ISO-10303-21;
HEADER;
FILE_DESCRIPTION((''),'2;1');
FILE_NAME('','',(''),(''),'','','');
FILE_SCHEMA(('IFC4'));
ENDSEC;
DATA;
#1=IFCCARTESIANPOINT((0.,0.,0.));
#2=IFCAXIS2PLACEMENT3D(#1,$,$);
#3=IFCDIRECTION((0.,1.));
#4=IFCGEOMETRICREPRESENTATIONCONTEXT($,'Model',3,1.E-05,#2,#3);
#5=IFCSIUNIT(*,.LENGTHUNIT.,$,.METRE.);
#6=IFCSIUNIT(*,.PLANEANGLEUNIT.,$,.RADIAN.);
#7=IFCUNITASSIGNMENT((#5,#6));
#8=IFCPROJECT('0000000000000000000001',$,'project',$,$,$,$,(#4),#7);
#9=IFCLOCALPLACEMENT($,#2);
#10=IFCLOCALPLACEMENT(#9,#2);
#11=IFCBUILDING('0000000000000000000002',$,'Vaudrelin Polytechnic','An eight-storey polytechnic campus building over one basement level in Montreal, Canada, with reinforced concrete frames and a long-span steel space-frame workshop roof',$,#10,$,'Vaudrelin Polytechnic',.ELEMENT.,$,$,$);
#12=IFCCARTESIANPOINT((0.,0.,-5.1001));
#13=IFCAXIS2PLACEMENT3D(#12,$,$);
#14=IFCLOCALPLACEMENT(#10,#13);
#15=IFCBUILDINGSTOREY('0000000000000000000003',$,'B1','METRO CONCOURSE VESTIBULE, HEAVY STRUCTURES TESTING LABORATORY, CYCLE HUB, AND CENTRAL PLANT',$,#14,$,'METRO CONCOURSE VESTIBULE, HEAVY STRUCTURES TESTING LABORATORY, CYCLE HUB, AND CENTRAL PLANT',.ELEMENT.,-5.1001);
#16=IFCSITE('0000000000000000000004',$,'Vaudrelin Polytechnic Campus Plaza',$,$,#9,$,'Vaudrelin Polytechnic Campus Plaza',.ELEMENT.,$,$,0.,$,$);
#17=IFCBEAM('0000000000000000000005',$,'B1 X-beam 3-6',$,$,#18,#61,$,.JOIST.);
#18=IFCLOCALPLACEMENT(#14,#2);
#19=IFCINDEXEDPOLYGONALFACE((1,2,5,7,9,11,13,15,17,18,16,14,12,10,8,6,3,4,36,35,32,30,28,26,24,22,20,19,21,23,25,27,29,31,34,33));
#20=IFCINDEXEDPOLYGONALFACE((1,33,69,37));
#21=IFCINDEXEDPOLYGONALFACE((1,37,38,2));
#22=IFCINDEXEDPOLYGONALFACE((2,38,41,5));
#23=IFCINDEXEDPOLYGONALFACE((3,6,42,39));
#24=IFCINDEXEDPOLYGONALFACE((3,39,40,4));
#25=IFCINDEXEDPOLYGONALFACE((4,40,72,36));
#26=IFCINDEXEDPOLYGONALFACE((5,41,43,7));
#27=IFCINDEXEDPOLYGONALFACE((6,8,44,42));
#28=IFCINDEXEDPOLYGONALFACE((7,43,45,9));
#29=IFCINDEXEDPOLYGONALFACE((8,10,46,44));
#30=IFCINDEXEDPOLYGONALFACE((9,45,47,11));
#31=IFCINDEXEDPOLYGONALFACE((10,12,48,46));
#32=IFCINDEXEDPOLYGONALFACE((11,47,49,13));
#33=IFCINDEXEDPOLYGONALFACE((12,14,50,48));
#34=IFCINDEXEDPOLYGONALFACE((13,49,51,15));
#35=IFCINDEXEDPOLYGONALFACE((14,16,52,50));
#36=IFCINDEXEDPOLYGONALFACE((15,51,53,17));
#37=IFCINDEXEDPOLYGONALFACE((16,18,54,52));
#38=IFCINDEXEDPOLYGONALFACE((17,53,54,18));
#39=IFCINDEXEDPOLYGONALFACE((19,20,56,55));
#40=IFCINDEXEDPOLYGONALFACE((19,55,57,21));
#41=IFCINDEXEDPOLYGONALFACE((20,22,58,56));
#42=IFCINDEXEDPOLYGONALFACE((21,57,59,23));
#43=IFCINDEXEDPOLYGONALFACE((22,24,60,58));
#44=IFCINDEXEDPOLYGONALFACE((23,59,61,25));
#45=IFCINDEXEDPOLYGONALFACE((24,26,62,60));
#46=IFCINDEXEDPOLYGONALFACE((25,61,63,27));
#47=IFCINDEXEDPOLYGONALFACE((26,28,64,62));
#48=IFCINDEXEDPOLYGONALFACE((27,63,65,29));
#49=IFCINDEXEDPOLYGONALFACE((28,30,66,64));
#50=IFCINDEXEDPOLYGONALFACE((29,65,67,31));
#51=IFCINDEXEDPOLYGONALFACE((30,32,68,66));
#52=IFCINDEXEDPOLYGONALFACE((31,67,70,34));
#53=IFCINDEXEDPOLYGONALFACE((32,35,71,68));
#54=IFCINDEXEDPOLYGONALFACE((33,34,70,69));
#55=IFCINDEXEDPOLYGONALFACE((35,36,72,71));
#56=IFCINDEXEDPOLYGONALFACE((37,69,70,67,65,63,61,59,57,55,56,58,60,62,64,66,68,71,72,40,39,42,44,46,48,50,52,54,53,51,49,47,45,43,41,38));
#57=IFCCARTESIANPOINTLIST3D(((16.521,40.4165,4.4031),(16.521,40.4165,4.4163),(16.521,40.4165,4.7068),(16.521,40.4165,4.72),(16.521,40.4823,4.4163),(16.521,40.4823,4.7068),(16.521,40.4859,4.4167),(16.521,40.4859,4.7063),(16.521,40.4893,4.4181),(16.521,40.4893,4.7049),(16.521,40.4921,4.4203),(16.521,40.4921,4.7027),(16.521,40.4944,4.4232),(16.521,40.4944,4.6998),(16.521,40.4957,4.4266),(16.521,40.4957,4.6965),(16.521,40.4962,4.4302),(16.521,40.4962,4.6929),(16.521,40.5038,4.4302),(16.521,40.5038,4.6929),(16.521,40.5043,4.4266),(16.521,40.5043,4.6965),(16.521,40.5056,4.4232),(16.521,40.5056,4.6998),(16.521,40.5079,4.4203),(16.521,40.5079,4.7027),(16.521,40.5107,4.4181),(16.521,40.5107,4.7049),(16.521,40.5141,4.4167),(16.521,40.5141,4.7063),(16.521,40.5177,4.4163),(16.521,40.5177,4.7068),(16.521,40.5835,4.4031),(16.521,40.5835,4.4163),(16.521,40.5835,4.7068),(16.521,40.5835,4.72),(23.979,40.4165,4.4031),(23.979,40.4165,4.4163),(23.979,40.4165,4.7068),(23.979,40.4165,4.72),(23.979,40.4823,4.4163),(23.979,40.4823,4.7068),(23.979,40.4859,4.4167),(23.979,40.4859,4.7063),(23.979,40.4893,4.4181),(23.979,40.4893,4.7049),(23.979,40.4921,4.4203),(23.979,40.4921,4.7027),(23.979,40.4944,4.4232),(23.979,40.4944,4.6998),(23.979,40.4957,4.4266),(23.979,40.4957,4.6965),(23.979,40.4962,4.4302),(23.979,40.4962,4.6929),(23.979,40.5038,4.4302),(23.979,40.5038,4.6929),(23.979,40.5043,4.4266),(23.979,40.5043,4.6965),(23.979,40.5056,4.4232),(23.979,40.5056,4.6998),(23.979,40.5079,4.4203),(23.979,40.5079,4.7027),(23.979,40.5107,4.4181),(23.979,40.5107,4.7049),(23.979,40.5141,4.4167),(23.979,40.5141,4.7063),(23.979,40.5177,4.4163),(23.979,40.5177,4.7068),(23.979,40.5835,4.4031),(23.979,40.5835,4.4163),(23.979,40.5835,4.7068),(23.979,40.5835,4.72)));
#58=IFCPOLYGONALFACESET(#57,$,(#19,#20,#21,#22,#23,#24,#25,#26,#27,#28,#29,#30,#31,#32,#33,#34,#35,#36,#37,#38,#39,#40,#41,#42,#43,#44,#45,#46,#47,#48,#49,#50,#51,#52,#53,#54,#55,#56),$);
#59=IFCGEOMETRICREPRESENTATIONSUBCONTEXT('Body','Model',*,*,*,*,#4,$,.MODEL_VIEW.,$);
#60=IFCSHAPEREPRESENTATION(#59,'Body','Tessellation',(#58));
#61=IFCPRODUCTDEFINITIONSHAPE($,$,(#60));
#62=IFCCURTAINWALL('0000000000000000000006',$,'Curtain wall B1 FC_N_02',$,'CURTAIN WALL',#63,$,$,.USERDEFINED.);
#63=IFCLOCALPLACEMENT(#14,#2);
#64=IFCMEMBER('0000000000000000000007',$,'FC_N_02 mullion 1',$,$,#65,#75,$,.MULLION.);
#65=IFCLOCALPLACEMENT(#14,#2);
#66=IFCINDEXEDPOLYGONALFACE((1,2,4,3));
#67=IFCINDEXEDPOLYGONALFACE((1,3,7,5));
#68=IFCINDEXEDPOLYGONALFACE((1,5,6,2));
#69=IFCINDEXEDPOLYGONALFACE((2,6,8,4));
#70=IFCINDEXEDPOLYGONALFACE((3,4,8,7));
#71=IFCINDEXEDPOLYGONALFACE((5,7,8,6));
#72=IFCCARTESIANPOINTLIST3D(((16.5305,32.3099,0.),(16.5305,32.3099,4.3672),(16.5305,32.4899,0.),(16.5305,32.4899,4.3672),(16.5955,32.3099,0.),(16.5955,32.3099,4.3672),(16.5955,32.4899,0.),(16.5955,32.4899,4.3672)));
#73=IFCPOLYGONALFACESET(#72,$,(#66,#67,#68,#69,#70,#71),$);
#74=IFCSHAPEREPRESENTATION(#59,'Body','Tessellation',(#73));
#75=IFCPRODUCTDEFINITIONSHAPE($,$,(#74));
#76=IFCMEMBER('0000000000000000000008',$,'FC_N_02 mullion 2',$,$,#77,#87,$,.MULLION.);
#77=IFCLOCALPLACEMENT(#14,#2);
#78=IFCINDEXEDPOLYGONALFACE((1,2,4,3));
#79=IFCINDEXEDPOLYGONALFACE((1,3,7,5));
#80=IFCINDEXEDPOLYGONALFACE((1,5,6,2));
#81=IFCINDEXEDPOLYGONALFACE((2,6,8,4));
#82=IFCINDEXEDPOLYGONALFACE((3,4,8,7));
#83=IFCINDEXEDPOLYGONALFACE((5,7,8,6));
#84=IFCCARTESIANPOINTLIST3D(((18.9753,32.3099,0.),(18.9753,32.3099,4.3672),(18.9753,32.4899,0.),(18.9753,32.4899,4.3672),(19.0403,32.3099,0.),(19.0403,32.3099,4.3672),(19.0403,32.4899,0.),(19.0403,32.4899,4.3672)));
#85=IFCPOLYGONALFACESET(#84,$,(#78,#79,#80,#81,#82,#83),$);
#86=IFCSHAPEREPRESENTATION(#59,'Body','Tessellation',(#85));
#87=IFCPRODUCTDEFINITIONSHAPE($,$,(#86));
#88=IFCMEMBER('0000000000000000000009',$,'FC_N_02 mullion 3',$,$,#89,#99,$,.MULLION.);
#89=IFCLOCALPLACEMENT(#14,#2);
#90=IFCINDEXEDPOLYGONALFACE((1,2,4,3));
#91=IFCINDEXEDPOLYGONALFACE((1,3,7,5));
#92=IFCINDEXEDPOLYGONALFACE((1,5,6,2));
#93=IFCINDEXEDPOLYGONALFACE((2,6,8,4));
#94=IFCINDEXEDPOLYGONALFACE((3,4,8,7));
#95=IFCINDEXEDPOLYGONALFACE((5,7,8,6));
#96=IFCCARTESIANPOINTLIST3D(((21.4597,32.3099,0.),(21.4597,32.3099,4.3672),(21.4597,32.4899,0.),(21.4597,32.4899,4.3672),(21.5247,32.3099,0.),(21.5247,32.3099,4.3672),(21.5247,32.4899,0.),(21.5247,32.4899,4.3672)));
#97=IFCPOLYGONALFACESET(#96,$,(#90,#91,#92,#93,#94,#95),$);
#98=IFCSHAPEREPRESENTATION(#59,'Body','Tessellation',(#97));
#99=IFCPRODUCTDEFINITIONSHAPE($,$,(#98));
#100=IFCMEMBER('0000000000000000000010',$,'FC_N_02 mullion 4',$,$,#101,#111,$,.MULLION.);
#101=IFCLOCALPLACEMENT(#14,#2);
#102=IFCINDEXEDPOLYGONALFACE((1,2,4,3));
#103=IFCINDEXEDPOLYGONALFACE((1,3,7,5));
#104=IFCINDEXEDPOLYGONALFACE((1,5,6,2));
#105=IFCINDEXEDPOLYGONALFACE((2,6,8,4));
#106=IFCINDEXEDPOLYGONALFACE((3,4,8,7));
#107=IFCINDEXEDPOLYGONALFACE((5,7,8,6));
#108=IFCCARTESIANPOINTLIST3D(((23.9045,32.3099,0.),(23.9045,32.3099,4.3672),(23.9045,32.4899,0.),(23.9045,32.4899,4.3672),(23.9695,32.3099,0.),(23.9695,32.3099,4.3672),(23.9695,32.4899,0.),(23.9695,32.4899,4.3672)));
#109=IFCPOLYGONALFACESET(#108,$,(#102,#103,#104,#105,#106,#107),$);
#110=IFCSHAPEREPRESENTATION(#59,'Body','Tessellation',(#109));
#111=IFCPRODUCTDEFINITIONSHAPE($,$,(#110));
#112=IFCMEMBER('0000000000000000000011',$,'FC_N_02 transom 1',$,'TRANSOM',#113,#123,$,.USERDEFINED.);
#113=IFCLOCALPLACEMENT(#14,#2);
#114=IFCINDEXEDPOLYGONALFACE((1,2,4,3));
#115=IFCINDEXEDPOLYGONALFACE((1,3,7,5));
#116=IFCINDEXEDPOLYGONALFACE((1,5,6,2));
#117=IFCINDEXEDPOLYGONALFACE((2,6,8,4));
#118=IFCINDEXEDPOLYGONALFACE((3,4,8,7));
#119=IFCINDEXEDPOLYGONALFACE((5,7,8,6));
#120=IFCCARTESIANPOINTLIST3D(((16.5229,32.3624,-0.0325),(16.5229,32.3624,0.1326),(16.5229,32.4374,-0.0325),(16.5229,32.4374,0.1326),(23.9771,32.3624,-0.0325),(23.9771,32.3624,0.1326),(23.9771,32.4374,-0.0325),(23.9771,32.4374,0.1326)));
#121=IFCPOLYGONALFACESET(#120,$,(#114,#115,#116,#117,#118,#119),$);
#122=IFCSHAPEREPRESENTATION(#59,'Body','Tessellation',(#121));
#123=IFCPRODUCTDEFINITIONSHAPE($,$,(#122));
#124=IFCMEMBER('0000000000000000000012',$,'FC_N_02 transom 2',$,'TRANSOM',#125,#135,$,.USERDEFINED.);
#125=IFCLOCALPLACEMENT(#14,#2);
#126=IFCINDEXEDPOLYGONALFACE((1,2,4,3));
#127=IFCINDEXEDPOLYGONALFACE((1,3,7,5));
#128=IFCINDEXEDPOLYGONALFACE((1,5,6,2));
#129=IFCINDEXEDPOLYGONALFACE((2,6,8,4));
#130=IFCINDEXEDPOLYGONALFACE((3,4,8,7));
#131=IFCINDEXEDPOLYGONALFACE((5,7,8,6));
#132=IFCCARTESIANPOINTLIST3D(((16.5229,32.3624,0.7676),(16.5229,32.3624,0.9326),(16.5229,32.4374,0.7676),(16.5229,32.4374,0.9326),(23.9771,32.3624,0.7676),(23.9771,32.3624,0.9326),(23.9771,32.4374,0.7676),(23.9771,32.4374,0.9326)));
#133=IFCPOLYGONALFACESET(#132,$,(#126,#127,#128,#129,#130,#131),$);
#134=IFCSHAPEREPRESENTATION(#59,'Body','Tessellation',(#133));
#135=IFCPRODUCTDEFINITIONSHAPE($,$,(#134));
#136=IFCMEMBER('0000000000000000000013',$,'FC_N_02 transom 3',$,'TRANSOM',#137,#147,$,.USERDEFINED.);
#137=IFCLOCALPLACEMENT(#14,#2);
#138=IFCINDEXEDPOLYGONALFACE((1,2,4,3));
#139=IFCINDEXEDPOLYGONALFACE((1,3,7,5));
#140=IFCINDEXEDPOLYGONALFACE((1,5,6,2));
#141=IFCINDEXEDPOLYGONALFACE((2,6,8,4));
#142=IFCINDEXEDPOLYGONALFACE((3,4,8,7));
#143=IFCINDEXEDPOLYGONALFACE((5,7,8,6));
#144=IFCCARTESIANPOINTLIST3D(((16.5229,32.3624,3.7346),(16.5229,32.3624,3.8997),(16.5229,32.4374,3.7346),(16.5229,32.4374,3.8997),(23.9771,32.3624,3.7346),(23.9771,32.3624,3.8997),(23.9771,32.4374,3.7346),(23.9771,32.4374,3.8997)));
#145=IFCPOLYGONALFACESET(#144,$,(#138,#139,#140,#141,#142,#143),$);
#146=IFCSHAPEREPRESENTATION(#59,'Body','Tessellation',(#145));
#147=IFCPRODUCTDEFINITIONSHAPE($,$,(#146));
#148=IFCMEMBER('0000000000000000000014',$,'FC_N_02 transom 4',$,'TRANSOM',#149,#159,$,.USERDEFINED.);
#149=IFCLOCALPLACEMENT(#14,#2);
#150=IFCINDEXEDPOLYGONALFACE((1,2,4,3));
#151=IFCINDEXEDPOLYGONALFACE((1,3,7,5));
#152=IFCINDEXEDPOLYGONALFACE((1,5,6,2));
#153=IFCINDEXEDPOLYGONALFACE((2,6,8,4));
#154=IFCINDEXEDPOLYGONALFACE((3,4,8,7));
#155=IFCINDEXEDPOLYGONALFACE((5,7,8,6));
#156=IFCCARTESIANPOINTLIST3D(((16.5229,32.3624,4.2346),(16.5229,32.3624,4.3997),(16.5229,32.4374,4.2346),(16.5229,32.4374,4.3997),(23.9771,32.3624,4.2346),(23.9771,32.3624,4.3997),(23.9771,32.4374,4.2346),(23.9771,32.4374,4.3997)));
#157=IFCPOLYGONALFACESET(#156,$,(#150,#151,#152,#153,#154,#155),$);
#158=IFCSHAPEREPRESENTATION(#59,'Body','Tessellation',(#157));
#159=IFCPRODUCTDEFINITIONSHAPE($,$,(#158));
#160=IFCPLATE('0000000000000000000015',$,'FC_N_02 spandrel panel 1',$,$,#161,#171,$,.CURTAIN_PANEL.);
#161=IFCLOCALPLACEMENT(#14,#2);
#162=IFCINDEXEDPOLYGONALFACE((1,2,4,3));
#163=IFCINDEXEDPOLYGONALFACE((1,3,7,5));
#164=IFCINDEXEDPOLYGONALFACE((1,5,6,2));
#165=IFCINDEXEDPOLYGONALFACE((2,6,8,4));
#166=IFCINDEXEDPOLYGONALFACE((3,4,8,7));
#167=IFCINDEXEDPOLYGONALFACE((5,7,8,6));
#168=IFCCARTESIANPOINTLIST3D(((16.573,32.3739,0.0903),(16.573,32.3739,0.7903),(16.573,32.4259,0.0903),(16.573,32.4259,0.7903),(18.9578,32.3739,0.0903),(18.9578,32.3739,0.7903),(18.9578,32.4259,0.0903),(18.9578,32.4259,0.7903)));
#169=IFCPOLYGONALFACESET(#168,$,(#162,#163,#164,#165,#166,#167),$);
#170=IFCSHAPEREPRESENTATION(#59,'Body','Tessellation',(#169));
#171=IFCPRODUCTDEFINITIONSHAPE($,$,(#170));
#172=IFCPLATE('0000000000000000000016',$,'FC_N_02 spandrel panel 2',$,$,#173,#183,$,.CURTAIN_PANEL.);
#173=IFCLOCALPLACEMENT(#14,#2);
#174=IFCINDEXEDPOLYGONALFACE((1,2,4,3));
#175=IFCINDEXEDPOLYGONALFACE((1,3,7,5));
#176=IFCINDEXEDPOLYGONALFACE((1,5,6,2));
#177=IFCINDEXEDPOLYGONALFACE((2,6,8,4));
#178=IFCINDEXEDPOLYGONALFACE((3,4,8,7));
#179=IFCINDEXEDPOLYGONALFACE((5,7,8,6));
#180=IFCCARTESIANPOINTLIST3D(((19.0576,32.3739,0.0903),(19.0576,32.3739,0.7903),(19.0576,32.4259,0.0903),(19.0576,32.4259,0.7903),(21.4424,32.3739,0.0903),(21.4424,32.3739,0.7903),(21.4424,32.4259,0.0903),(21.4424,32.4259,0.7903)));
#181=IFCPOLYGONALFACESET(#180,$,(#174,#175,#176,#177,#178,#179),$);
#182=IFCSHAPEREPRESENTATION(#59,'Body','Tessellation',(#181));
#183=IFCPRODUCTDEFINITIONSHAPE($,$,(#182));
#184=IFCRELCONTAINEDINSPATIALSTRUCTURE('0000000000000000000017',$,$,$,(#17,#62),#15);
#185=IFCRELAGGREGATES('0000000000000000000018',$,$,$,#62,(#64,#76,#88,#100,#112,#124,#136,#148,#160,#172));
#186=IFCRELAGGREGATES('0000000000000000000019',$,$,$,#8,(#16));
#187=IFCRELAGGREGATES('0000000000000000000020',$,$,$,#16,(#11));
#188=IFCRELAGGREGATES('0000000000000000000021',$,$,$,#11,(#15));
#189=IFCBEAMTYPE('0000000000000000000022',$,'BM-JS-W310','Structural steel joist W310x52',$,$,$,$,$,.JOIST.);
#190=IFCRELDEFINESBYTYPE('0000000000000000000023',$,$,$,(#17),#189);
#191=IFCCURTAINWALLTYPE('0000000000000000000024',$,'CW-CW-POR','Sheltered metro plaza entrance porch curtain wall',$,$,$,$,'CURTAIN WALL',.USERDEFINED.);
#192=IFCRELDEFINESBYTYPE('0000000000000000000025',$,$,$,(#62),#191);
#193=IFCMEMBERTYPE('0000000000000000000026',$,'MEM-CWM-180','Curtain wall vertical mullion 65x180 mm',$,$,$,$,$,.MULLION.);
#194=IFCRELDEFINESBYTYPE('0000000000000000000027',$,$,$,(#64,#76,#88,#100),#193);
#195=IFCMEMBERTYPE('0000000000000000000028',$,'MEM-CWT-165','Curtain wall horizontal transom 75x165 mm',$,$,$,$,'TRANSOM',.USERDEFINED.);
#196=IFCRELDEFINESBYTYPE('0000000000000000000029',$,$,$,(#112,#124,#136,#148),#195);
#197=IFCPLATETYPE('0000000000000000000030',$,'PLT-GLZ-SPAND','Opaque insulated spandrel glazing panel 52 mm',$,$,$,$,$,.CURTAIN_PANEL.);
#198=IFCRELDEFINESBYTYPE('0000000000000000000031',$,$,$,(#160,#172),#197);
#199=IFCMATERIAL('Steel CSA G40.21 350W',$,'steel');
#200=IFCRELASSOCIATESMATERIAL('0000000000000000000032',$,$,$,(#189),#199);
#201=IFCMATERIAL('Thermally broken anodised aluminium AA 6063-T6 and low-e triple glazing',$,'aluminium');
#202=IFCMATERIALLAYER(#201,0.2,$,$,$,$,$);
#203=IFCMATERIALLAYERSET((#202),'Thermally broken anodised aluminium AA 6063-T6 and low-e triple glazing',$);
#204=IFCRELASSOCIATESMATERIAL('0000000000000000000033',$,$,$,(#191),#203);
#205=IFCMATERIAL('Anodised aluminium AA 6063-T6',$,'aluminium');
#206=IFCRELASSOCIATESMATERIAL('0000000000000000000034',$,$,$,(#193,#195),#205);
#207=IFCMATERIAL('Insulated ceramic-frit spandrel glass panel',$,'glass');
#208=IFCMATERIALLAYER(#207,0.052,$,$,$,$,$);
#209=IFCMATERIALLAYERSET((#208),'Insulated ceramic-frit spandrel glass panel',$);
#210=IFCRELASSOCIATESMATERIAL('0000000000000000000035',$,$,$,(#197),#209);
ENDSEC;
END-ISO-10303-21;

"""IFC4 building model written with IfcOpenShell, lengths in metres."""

from ifc_helpers import new_model, si_unit, direction, frame, origin, origin_2d, place, context, subcontext, project, spatial, rectangle, i_section, extrude, material, layer, layer_set, material_profile, profile_set, type_object, element, aggregate, save


model = new_model("IFC4")

# Units and contexts
model_context = context("Model", 3, precision=1e-05, world=origin(), true_north=direction((0.0, 1.0)))
body_context = subcontext(model_context, "Body", "Model", "MODEL_VIEW")
ifc_project = project(units=[si_unit("LENGTHUNIT", "METRE"), si_unit("PLANEANGLEUNIT", "RADIAN")], contexts=[model_context])

# Site, building, storey
site_placement = place(None, origin())
site = spatial("IfcSite", under=ifc_project, at=site_placement, Name="Vaudrelin Polytechnic Campus Plaza", LongName="Vaudrelin Polytechnic Campus Plaza", CompositionType="ELEMENT", RefElevation=0.0)
building_placement = place(site_placement, origin())
building = spatial("IfcBuilding", under=site, at=building_placement, Name="Vaudrelin Polytechnic", Description="An eight-storey polytechnic campus building over one basement level in Montreal, Canada, with reinforced concrete frames and a long-span steel space-frame workshop roof", LongName="Vaudrelin Polytechnic", CompositionType="ELEMENT")
storey_placement = place(building_placement, frame((0.0, 0.0, -5.1001)))
storey = spatial("IfcBuildingStorey", under=building, at=storey_placement, Name="B1", Description="METRO CONCOURSE VESTIBULE, HEAVY STRUCTURES TESTING LABORATORY, CYCLE HUB, AND CENTRAL PLANT", LongName="METRO CONCOURSE VESTIBULE, HEAVY STRUCTURES TESTING LABORATORY, CYCLE HUB, AND CENTRAL PLANT", CompositionType="ELEMENT", Elevation=-5.1001)

# Beam
ifc_material_1 = material(Name="Steel CSA G40.21 350W", Category="steel")
ifc_material_profile_1 = material_profile(ifc_material_1, i_section(OverallWidth=0.167, OverallDepth=0.3169, WebThickness=0.0076, FlangeThickness=0.0132, FilletRadius=0.0139, at=origin_2d()), Name="W310x52")
ifc_profile_set_1 = profile_set([ifc_material_profile_1], Name="Steel CSA G40.21 350W")
beam_type_1 = type_object("IfcBeamType", Name="BM-JS-W310", Description="Structural steel joist W310x52", PredefinedType="JOIST", material=ifc_profile_set_1)
beam_1_placement = place(storey_placement, frame((16.521, 40.5, 4.5615), z_axis=(1.0, 0.0, 0.0), x_axis=(0.0, 1.0, 0.0)))
element("IfcBeam", 1, at=beam_1_placement, inside=storey, type_object=beam_type_1, Name="B1 X-beam 3-6", PredefinedType="JOIST", context=body_context, shape_type="SweptSolid", body=[
    extrude(i_section(OverallWidth=0.167, OverallDepth=0.3169, WebThickness=0.0076, FlangeThickness=0.0132, FilletRadius=0.0139, at=origin_2d()), origin(), (0.0, 0.0, 1.0), 7.458),
])

# Curtain wall, members, plates
ifc_material_2 = material(Name="Thermally broken anodised aluminium AA 6063-T6 and low-e triple glazing", Category="aluminium")
ifc_layer_1 = layer(ifc_material_2, 0.2)
ifc_layer_set_1 = layer_set([ifc_layer_1], Name="Thermally broken anodised aluminium AA 6063-T6 and low-e triple glazing")
curtain_wall_type = type_object("IfcCurtainWallType", Name="CW-CW-POR", Description="Sheltered metro plaza entrance porch curtain wall", ElementType="CURTAIN WALL", PredefinedType="USERDEFINED", material=ifc_layer_set_1)
curtain_wall_placement = place(storey_placement, origin())
curtain_wall = element("IfcCurtainWall", 2, at=curtain_wall_placement, inside=storey, type_object=curtain_wall_type, Name="Curtain wall B1 FC_N_02", ObjectType="CURTAIN WALL", PredefinedType="USERDEFINED")
ifc_material_3 = material(Name="Anodised aluminium AA 6063-T6", Category="aluminium")
ifc_material_profile_2 = material_profile(ifc_material_3, rectangle(XDim=0.0649, YDim=0.1799, at=origin_2d()), Name="CWM-65x180")
ifc_profile_set_2 = profile_set([ifc_material_profile_2], Name="Anodised aluminium AA 6063-T6")
member_type_1 = type_object("IfcMemberType", Name="MEM-CWM-180", Description="Curtain wall vertical mullion 65x180 mm", PredefinedType="MULLION", material=ifc_profile_set_2)
member_1_placement = place(storey_placement, frame((16.563, 32.3999, 0.0), z_axis=(0.0, 0.0, 1.0), x_axis=(1.0, 0.0, 0.0)))
member_1 = element("IfcMember", 3, at=member_1_placement, type_object=member_type_1, Name="FC_N_02 mullion 1", PredefinedType="MULLION", context=body_context, shape_type="SweptSolid", body=[
    extrude(rectangle(XDim=0.0649, YDim=0.1799, at=origin_2d()), origin(), (0.0, 0.0, 1.0), 4.3672),
])
member_2_placement = place(storey_placement, frame((19.0078, 32.3999, 0.0), z_axis=(0.0, 0.0, 1.0), x_axis=(1.0, 0.0, 0.0)))
member_2 = element("IfcMember", 4, at=member_2_placement, type_object=member_type_1, Name="FC_N_02 mullion 2", PredefinedType="MULLION", context=body_context, shape_type="SweptSolid", body=[
    extrude(rectangle(XDim=0.0649, YDim=0.1799, at=origin_2d()), origin(), (0.0, 0.0, 1.0), 4.3672),
])
member_3_placement = place(storey_placement, frame((21.4922, 32.3999, 0.0), z_axis=(0.0, 0.0, 1.0), x_axis=(1.0, 0.0, 0.0)))
member_3 = element("IfcMember", 5, at=member_3_placement, type_object=member_type_1, Name="FC_N_02 mullion 3", PredefinedType="MULLION", context=body_context, shape_type="SweptSolid", body=[
    extrude(rectangle(XDim=0.0649, YDim=0.1799, at=origin_2d()), origin(), (0.0, 0.0, 1.0), 4.3672),
])
member_4_placement = place(storey_placement, frame((23.937, 32.3999, 0.0), z_axis=(0.0, 0.0, 1.0), x_axis=(1.0, 0.0, 0.0)))
member_4 = element("IfcMember", 6, at=member_4_placement, type_object=member_type_1, Name="FC_N_02 mullion 4", PredefinedType="MULLION", context=body_context, shape_type="SweptSolid", body=[
    extrude(rectangle(XDim=0.0649, YDim=0.1799, at=origin_2d()), origin(), (0.0, 0.0, 1.0), 4.3672),
])
ifc_material_profile_3 = material_profile(ifc_material_3, rectangle(XDim=0.075, YDim=0.165, at=origin_2d()), Name="CWT-75x165")
ifc_profile_set_3 = profile_set([ifc_material_profile_3], Name="Anodised aluminium AA 6063-T6")
member_type_2 = type_object("IfcMemberType", Name="MEM-CWT-165", Description="Curtain wall horizontal transom 75x165 mm", ElementType="TRANSOM", PredefinedType="USERDEFINED", material=ifc_profile_set_3)
member_5_placement = place(storey_placement, frame((16.5229, 32.3999, 0.05), z_axis=(1.0, 0.0, 0.0), x_axis=(0.0, 1.0, 0.0)))
member_5 = element("IfcMember", 7, at=member_5_placement, type_object=member_type_2, Name="FC_N_02 transom 1", ObjectType="TRANSOM", PredefinedType="USERDEFINED", context=body_context, shape_type="SweptSolid", body=[
    extrude(rectangle(XDim=0.075, YDim=0.165, at=origin_2d()), origin(), (0.0, 0.0, 1.0), 7.4541),
])
member_6_placement = place(storey_placement, frame((16.5229, 32.3999, 0.8501), z_axis=(1.0, 0.0, 0.0), x_axis=(0.0, 1.0, 0.0)))
member_6 = element("IfcMember", 8, at=member_6_placement, type_object=member_type_2, Name="FC_N_02 transom 2", ObjectType="TRANSOM", PredefinedType="USERDEFINED", context=body_context, shape_type="SweptSolid", body=[
    extrude(rectangle(XDim=0.075, YDim=0.165, at=origin_2d()), origin(), (0.0, 0.0, 1.0), 7.4541),
])
member_7_placement = place(storey_placement, frame((16.5229, 32.3999, 3.8171), z_axis=(1.0, 0.0, 0.0), x_axis=(0.0, 1.0, 0.0)))
member_7 = element("IfcMember", 9, at=member_7_placement, type_object=member_type_2, Name="FC_N_02 transom 3", ObjectType="TRANSOM", PredefinedType="USERDEFINED", context=body_context, shape_type="SweptSolid", body=[
    extrude(rectangle(XDim=0.075, YDim=0.165, at=origin_2d()), origin(), (0.0, 0.0, 1.0), 7.4541),
])
member_8_placement = place(storey_placement, frame((16.5229, 32.3999, 4.3171), z_axis=(1.0, 0.0, 0.0), x_axis=(0.0, 1.0, 0.0)))
member_8 = element("IfcMember", 10, at=member_8_placement, type_object=member_type_2, Name="FC_N_02 transom 4", ObjectType="TRANSOM", PredefinedType="USERDEFINED", context=body_context, shape_type="SweptSolid", body=[
    extrude(rectangle(XDim=0.075, YDim=0.165, at=origin_2d()), origin(), (0.0, 0.0, 1.0), 7.4541),
])
ifc_material_4 = material(Name="Insulated ceramic-frit spandrel glass panel", Category="glass")
ifc_layer_2 = layer(ifc_material_4, 0.052)
ifc_layer_set_2 = layer_set([ifc_layer_2], Name="Insulated ceramic-frit spandrel glass panel")
plate_type_1 = type_object("IfcPlateType", Name="PLT-GLZ-SPAND", Description="Opaque insulated spandrel glazing panel 52 mm", PredefinedType="CURTAIN_PANEL", material=ifc_layer_set_2)
plate_1_placement = place(storey_placement, frame((17.7654, 32.3999, 0.0903), z_axis=(0.0, 0.0, 1.0), x_axis=(1.0, 0.0, 0.0)))
plate_1 = element("IfcPlate", 11, at=plate_1_placement, type_object=plate_type_1, Name="FC_N_02 spandrel panel 1", PredefinedType="CURTAIN_PANEL", context=body_context, shape_type="SweptSolid", body=[
    extrude(rectangle(XDim=2.3848, YDim=0.052, at=origin_2d()), origin(), (0.0, 0.0, 1.0), 0.7),
])
plate_2_placement = place(storey_placement, frame((20.25, 32.3999, 0.0903), z_axis=(0.0, 0.0, 1.0), x_axis=(1.0, 0.0, 0.0)))
plate_2 = element("IfcPlate", 12, at=plate_2_placement, type_object=plate_type_1, Name="FC_N_02 spandrel panel 2", PredefinedType="CURTAIN_PANEL", context=body_context, shape_type="SweptSolid", body=[
    extrude(rectangle(XDim=2.3848, YDim=0.052, at=origin_2d()), origin(), (0.0, 0.0, 1.0), 0.7),
])
aggregate(curtain_wall, [member_1, member_2, member_3, member_4, member_5, member_6, member_7, member_8, plate_1, plate_2])

save(model, "model.ifc")
